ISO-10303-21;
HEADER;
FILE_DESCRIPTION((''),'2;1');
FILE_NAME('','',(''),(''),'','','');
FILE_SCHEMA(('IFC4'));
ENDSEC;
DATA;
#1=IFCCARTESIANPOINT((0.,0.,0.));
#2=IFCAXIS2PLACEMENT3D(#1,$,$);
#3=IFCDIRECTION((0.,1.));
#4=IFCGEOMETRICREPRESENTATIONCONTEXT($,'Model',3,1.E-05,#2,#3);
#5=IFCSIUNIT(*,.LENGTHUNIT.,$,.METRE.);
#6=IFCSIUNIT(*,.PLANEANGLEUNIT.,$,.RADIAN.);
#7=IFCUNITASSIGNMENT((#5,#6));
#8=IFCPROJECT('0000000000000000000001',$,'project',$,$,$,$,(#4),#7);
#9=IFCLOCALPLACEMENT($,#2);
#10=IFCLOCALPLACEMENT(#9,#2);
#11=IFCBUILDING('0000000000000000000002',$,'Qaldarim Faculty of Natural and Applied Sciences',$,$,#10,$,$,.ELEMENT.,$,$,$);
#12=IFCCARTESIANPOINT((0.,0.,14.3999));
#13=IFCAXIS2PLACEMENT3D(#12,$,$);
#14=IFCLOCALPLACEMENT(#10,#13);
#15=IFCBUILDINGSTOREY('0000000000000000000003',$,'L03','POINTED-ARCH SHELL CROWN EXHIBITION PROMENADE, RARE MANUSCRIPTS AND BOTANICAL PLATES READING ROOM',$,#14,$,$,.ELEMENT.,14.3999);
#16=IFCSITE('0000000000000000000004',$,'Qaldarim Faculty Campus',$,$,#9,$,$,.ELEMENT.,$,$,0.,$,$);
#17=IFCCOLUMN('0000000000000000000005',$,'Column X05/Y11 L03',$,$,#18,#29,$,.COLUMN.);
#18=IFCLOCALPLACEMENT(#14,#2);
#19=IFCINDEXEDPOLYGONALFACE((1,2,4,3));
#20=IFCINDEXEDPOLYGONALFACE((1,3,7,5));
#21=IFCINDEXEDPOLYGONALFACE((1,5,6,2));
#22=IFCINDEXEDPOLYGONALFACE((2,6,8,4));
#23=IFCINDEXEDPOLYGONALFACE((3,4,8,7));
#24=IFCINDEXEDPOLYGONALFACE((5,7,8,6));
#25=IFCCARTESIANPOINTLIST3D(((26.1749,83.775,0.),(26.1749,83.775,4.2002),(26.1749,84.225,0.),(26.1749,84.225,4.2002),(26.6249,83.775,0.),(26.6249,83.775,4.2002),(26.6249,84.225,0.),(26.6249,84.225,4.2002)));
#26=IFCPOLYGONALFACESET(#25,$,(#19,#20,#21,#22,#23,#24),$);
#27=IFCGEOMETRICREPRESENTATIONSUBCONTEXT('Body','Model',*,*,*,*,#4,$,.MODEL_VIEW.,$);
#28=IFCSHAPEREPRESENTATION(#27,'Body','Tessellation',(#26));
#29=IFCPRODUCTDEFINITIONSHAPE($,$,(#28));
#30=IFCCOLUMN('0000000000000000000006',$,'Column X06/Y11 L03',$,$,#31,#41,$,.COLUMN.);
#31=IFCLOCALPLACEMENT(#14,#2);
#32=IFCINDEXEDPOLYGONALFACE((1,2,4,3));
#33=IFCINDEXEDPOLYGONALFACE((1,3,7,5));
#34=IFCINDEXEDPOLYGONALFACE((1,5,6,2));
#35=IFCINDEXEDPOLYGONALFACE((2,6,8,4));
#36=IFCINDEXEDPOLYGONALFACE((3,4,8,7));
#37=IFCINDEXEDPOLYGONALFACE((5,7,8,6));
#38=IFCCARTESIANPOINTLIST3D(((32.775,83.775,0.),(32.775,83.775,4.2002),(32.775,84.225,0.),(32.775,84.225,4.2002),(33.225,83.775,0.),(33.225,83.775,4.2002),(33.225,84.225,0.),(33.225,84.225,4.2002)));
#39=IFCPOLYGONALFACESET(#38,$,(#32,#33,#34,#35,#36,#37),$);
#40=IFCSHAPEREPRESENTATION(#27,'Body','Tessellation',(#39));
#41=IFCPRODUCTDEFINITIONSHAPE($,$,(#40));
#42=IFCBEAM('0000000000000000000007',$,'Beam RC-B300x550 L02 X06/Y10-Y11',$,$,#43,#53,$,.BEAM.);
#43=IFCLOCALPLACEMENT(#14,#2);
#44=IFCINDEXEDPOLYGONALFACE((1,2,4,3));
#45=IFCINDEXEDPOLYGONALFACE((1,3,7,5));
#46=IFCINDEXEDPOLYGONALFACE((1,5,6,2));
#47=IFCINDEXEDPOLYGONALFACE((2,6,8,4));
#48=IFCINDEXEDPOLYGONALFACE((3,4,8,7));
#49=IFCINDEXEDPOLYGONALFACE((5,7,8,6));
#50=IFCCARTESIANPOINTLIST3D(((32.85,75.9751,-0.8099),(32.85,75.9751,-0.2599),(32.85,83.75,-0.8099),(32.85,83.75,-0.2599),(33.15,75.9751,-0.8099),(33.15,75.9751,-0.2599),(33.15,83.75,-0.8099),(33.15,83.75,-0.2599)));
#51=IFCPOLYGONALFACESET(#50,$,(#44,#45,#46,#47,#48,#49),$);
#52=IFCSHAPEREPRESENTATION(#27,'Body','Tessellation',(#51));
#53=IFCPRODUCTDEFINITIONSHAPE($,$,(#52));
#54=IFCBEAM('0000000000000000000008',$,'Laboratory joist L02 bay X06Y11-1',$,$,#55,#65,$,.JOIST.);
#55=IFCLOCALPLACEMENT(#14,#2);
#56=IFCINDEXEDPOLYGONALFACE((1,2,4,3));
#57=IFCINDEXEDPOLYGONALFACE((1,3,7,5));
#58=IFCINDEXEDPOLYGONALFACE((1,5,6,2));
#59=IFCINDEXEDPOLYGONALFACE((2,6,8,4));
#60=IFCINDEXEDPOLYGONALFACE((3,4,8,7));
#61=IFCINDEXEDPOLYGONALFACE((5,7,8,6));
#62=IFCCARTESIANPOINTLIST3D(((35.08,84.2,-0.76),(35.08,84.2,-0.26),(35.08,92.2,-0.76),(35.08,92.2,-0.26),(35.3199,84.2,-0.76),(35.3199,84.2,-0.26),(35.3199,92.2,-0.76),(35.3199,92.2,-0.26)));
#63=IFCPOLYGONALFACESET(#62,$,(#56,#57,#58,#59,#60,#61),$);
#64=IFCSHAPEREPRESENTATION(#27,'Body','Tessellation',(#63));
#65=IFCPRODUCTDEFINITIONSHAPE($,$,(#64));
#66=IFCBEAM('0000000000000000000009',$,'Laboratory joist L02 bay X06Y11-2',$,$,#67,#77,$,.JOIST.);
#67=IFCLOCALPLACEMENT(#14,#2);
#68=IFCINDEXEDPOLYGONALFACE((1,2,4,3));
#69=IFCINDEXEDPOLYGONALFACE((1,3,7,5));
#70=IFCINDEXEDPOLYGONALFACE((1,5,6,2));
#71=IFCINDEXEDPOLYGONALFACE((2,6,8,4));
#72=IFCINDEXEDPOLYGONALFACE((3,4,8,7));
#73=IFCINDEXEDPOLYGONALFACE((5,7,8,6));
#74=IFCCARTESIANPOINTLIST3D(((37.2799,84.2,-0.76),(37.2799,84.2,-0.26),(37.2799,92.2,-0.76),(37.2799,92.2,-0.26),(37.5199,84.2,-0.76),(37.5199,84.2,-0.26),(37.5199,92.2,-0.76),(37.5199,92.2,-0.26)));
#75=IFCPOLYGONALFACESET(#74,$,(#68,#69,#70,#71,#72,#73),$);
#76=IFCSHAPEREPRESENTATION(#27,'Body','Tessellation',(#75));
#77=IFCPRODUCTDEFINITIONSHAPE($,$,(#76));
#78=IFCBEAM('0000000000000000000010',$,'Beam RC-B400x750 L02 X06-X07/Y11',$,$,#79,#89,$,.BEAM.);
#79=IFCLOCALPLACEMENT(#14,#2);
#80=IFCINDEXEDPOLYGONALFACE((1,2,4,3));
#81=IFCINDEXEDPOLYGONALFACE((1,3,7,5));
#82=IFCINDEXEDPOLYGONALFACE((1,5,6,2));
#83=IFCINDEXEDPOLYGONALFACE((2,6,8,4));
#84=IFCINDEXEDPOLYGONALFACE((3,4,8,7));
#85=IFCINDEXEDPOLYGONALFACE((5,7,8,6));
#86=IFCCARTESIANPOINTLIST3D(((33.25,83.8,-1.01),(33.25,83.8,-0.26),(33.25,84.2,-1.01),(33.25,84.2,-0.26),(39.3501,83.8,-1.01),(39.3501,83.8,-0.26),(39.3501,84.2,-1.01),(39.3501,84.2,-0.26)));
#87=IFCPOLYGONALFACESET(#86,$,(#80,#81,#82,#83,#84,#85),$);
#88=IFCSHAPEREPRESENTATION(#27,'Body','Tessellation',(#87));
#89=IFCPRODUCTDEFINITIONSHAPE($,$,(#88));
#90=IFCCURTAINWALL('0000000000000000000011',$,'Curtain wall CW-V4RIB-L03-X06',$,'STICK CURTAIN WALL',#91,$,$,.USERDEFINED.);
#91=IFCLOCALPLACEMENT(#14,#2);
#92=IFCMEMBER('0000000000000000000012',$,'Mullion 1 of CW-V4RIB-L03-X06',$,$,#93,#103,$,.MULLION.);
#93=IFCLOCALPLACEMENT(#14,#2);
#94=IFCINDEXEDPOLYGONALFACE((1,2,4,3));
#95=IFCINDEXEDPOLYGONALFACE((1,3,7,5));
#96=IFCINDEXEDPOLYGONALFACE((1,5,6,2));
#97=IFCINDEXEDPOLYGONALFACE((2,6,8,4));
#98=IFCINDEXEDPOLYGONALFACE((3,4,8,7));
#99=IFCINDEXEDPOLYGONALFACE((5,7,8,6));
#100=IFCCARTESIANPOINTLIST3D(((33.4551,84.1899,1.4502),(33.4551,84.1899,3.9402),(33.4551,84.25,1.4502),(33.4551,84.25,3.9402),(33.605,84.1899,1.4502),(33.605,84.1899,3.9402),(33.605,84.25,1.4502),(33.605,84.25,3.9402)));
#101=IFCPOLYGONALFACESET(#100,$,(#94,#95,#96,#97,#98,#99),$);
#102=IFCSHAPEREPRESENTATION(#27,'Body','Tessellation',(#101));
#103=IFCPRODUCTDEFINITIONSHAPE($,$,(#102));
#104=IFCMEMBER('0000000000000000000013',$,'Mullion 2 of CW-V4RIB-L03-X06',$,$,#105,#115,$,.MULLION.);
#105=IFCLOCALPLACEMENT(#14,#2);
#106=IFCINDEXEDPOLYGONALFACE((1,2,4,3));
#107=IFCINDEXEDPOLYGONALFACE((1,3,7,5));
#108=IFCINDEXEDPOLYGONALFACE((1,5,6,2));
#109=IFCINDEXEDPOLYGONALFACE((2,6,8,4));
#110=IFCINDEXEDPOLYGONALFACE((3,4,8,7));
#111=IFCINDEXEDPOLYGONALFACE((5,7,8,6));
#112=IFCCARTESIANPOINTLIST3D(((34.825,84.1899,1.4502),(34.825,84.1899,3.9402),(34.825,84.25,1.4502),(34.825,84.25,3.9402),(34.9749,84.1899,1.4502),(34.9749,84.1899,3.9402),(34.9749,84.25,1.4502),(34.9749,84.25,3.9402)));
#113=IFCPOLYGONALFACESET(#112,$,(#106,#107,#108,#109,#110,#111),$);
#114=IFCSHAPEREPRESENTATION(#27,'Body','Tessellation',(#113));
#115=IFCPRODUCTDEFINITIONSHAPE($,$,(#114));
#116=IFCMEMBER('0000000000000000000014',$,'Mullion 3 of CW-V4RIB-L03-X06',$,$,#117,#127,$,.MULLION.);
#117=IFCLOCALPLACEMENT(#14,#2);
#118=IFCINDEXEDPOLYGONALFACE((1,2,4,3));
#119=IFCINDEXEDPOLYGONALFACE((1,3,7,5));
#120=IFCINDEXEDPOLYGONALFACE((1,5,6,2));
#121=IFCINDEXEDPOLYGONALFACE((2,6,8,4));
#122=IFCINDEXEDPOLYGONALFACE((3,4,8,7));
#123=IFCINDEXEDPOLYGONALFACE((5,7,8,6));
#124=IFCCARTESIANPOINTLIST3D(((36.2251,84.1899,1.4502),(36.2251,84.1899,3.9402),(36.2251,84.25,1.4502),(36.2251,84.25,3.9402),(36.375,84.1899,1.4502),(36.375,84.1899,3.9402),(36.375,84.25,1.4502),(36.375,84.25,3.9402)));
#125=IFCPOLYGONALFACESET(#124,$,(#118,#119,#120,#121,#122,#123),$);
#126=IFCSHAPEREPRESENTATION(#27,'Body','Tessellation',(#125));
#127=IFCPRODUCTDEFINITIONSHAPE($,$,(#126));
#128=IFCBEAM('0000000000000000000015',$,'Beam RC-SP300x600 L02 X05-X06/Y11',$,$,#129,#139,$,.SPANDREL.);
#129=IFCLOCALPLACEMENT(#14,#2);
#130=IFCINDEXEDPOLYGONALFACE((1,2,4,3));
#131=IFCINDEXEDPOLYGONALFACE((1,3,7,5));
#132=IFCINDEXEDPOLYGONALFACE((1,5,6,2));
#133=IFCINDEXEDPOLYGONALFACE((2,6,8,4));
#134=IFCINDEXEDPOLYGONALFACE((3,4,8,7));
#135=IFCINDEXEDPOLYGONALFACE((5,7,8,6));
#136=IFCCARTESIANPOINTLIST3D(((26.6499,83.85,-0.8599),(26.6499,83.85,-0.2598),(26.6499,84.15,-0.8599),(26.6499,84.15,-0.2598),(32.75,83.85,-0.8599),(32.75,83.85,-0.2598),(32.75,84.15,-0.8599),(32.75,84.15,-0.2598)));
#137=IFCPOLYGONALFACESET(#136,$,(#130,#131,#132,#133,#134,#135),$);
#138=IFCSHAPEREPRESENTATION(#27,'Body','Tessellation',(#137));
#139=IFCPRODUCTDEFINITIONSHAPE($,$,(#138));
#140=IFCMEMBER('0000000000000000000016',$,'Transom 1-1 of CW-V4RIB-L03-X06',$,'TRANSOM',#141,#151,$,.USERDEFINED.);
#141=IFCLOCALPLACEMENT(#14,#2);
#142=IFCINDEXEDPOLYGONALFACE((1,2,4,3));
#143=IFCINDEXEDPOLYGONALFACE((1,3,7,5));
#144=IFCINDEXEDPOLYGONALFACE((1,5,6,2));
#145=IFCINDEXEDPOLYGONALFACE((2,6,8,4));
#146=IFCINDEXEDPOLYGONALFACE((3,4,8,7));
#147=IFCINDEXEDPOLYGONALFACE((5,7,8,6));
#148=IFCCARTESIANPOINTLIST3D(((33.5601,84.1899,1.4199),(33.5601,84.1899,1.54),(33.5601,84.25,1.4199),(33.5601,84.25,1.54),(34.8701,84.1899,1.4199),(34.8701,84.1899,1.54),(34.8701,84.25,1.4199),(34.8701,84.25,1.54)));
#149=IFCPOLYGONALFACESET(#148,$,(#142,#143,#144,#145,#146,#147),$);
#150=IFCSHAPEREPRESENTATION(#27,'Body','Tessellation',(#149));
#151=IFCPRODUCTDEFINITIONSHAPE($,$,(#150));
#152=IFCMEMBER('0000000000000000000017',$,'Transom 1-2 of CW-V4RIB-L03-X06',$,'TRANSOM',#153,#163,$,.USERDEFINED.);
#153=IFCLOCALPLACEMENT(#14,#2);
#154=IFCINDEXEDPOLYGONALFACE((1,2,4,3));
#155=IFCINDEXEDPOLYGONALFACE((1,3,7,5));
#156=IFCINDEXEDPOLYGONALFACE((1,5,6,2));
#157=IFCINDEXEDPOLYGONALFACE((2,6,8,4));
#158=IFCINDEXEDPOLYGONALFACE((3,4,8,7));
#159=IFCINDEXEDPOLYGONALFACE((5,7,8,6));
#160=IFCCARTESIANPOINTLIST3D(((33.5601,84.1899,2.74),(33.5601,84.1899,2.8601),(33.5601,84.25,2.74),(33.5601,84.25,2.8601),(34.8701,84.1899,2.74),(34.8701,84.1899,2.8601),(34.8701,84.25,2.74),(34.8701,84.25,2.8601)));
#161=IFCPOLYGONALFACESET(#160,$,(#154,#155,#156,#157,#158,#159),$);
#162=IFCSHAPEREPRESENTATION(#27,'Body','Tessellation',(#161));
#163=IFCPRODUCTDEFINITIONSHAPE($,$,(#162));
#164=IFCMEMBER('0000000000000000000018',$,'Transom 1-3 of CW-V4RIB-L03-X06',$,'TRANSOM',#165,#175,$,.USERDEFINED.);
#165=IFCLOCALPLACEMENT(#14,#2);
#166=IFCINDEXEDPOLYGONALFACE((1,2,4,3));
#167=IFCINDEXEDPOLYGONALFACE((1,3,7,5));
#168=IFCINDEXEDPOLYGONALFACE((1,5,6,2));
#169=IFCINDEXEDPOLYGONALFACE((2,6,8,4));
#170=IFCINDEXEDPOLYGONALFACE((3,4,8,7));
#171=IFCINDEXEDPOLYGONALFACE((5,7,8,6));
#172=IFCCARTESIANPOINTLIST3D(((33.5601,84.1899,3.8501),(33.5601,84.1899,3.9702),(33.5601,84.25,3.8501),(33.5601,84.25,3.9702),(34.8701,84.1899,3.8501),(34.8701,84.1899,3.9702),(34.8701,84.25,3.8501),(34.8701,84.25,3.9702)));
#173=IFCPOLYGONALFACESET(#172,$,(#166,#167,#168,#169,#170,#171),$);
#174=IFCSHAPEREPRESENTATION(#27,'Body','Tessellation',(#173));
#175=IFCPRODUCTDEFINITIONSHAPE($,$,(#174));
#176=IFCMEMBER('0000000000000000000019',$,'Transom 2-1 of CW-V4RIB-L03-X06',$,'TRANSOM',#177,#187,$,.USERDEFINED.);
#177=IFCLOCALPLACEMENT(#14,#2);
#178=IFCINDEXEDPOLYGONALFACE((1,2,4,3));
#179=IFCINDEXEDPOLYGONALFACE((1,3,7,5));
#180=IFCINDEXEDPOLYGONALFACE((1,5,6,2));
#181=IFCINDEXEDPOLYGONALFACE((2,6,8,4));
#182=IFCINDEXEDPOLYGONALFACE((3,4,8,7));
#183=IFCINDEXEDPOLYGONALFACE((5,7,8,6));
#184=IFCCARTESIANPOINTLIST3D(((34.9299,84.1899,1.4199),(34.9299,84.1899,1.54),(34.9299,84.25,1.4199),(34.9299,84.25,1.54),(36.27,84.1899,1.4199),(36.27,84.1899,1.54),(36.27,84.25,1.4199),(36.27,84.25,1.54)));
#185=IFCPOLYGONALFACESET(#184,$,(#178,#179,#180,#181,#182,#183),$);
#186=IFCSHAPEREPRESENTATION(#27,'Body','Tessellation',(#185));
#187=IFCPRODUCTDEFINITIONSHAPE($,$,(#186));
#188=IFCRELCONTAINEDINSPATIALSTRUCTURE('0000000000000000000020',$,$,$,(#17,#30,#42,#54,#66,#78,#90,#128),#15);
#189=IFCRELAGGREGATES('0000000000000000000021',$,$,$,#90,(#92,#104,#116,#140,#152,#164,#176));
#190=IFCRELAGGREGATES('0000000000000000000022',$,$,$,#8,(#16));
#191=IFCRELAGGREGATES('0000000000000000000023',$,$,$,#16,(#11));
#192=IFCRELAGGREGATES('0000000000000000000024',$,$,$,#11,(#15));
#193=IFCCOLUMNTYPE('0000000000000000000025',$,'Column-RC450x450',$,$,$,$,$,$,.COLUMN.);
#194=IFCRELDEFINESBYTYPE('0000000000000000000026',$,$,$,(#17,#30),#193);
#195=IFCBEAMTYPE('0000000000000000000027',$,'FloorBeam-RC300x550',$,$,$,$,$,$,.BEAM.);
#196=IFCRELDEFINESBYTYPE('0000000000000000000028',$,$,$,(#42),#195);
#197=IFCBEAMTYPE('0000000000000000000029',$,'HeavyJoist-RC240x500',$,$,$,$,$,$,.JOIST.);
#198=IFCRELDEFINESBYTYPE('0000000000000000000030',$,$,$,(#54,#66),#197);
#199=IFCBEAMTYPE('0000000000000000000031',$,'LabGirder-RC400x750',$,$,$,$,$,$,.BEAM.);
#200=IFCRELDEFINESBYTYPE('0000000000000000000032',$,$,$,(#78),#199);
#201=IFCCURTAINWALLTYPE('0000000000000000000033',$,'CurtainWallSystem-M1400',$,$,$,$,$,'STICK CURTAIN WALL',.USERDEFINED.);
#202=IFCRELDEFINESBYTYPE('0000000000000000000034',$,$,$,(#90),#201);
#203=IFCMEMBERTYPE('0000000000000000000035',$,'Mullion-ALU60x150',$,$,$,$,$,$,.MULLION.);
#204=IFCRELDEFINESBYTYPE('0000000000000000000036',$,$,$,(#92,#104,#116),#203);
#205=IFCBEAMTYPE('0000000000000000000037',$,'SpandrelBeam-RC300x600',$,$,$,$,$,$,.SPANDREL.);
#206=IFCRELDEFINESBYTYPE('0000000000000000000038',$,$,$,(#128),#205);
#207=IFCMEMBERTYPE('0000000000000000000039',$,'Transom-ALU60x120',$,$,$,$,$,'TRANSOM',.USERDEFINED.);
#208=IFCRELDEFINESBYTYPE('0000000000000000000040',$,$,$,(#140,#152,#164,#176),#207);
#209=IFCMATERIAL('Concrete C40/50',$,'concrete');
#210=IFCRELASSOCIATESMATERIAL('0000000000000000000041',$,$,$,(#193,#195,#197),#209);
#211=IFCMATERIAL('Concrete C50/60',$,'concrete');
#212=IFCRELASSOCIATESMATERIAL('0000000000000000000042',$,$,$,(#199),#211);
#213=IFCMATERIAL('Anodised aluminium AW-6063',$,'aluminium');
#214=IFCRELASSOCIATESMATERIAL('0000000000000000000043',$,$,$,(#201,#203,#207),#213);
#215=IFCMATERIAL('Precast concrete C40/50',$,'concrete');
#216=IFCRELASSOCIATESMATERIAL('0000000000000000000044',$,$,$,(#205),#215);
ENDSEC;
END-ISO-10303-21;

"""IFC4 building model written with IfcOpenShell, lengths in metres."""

from ifc_helpers import new_model, si_unit, direction, frame, origin, origin_2d, place, context, subcontext, project, spatial, rectangle, extrude, material, material_profile, profile_set, type_object, element, aggregate, save


model = new_model("IFC4")

# Units and contexts
model_context = context("Model", 3, precision=1e-05, world=origin(), true_north=direction((0.0, 1.0)))
body_context = subcontext(model_context, "Body", "Model", "MODEL_VIEW")
ifc_project = project(units=[si_unit("LENGTHUNIT", "METRE"), si_unit("PLANEANGLEUNIT", "RADIAN")], contexts=[model_context])

# Site, building, storey
site_placement = place(None, origin())
site = spatial("IfcSite", under=ifc_project, at=site_placement, Name="Qaldarim Faculty Campus", CompositionType="ELEMENT", RefElevation=0.0)
building_placement = place(site_placement, origin())
building = spatial("IfcBuilding", under=site, at=building_placement, Name="Qaldarim Faculty of Natural and Applied Sciences", CompositionType="ELEMENT")
storey_placement = place(building_placement, frame((0.0, 0.0, 14.3999)))
storey = spatial("IfcBuildingStorey", under=building, at=storey_placement, Name="L03", Description="POINTED-ARCH SHELL CROWN EXHIBITION PROMENADE, RARE MANUSCRIPTS AND BOTANICAL PLATES READING ROOM", CompositionType="ELEMENT", Elevation=14.3999)

# Columns
ifc_material_1 = material(Name="Concrete C40/50", Category="concrete")
ifc_material_profile_1 = material_profile(ifc_material_1, rectangle(XDim=0.45, YDim=0.45, at=origin_2d()), Name="RC-C450x450")
ifc_profile_set_1 = profile_set([ifc_material_profile_1], Name="Concrete C40/50")
column_type = type_object("IfcColumnType", Name="Column-RC450x450", PredefinedType="COLUMN", material=ifc_profile_set_1)
for number, where, z_axis, x_axis, name in (
    (1, (26.3999, 84.0, 0.0), (0.0, 0.0, 1.0), (1.0, 0.0, 0.0), "Column X05/Y11 L03"),
    (2, (33.0, 84.0, 0.0), (0.0, 0.0, 1.0), (1.0, 0.0, 0.0), "Column X06/Y11 L03"),
):
    element("IfcColumn", number, at=place(storey_placement, frame(where, z_axis=z_axis, x_axis=x_axis)), inside=storey, type_object=column_type, Name=name, PredefinedType="COLUMN", context=body_context, shape_type="SweptSolid", body=[
        extrude(rectangle(XDim=0.45, YDim=0.45, at=origin_2d()), origin(), (0.0, 0.0, 1.0), 4.2002),
    ])

# Beams
ifc_material_profile_2 = material_profile(ifc_material_1, rectangle(XDim=0.3, YDim=0.55, at=origin_2d()), Name="RC-B300x550")
ifc_profile_set_2 = profile_set([ifc_material_profile_2], Name="Concrete C40/50")
beam_type_1 = type_object("IfcBeamType", Name="FloorBeam-RC300x550", PredefinedType="BEAM", material=ifc_profile_set_2)
beam_1_placement = place(storey_placement, frame((33.0, 75.9751, -0.5349), z_axis=(0.0, 1.0, 0.0), x_axis=(-1.0, 0.0, 0.0)))
element("IfcBeam", 3, at=beam_1_placement, inside=storey, type_object=beam_type_1, Name="Beam RC-B300x550 L02 X06/Y10-Y11", PredefinedType="BEAM", context=body_context, shape_type="SweptSolid", body=[
    extrude(rectangle(XDim=0.3, YDim=0.55, at=origin_2d()), origin(), (0.0, 0.0, 1.0), 7.7749),
])
ifc_material_profile_3 = material_profile(ifc_material_1, rectangle(XDim=0.24, YDim=0.5, at=origin_2d()), Name="RC-J240x500")
ifc_profile_set_3 = profile_set([ifc_material_profile_3], Name="Concrete C40/50")
beam_type_2 = type_object("IfcBeamType", Name="HeavyJoist-RC240x500", PredefinedType="JOIST", material=ifc_profile_set_3)
for number, where, z_axis, x_axis, name in (
    (4, (35.2, 84.2, -0.51), (0.0, 1.0, 0.0), (-1.0, 0.0, 0.0), "Laboratory joist L02 bay X06Y11-1"),
    (5, (37.3999, 84.2, -0.51), (0.0, 1.0, 0.0), (-1.0, 0.0, 0.0), "Laboratory joist L02 bay X06Y11-2"),
):
    element("IfcBeam", number, at=place(storey_placement, frame(where, z_axis=z_axis, x_axis=x_axis)), inside=storey, type_object=beam_type_2, Name=name, PredefinedType="JOIST", context=body_context, shape_type="SweptSolid", body=[
        extrude(rectangle(XDim=0.24, YDim=0.5, at=origin_2d()), origin(), (0.0, 0.0, 1.0), 8.0),
    ])
ifc_material_2 = material(Name="Concrete C50/60", Category="concrete")
ifc_material_profile_4 = material_profile(ifc_material_2, rectangle(XDim=0.3999, YDim=0.75, at=origin_2d()), Name="RC-B400x750")
ifc_profile_set_4 = profile_set([ifc_material_profile_4], Name="Concrete C50/60")
beam_type_3 = type_object("IfcBeamType", Name="LabGirder-RC400x750", PredefinedType="BEAM", material=ifc_profile_set_4)
beam_2_placement = place(storey_placement, frame((33.25, 84.0, -0.635), z_axis=(1.0, 0.0, 0.0), x_axis=(0.0, 1.0, 0.0)))
element("IfcBeam", 6, at=beam_2_placement, inside=storey, type_object=beam_type_3, Name="Beam RC-B400x750 L02 X06-X07/Y11", PredefinedType="BEAM", context=body_context, shape_type="SweptSolid", body=[
    extrude(rectangle(XDim=0.3999, YDim=0.75, at=origin_2d()), origin(), (0.0, 0.0, 1.0), 6.1001),
])

# Curtain wall, members
ifc_material_3 = material(Name="Anodised aluminium AW-6063", Category="aluminium")
curtain_wall_type = type_object("IfcCurtainWallType", Name="CurtainWallSystem-M1400", ElementType="STICK CURTAIN WALL", PredefinedType="USERDEFINED", material=ifc_material_3)
curtain_wall_placement = place(storey_placement, origin())
curtain_wall = element("IfcCurtainWall", 7, at=curtain_wall_placement, inside=storey, type_object=curtain_wall_type, Name="Curtain wall CW-V4RIB-L03-X06", ObjectType="STICK CURTAIN WALL", PredefinedType="USERDEFINED")
ifc_material_profile_5 = material_profile(ifc_material_3, rectangle(XDim=0.0601, YDim=0.1499, at=origin_2d()), Name="ALU-M60x150")
ifc_profile_set_5 = profile_set([ifc_material_profile_5], Name="Anodised aluminium AW-6063")
member_type_1 = type_object("IfcMemberType", Name="Mullion-ALU60x150", PredefinedType="MULLION", material=ifc_profile_set_5)
member_1_placement = place(storey_placement, frame((33.53, 84.22, 1.4502), z_axis=(0.0, 0.0, 1.0), x_axis=(0.0, 1.0, 0.0)))
member_1 = element("IfcMember", 8, at=member_1_placement, type_object=member_type_1, Name="Mullion 1 of CW-V4RIB-L03-X06", PredefinedType="MULLION", context=body_context, shape_type="SweptSolid", body=[
    extrude(rectangle(XDim=0.0601, YDim=0.1499, at=origin_2d()), origin(), (0.0, 0.0, 1.0), 2.49),
])
member_2_placement = place(storey_placement, frame((34.8999, 84.22, 1.4502), z_axis=(0.0, 0.0, 1.0), x_axis=(0.0, 1.0, 0.0)))
member_2 = element("IfcMember", 9, at=member_2_placement, type_object=member_type_1, Name="Mullion 2 of CW-V4RIB-L03-X06", PredefinedType="MULLION", context=body_context, shape_type="SweptSolid", body=[
    extrude(rectangle(XDim=0.0601, YDim=0.1499, at=origin_2d()), origin(), (0.0, 0.0, 1.0), 2.49),
])
member_3_placement = place(storey_placement, frame((36.3, 84.22, 1.4502), z_axis=(0.0, 0.0, 1.0), x_axis=(0.0, 1.0, 0.0)))
member_3 = element("IfcMember", 10, at=member_3_placement, type_object=member_type_1, Name="Mullion 3 of CW-V4RIB-L03-X06", PredefinedType="MULLION", context=body_context, shape_type="SweptSolid", body=[
    extrude(rectangle(XDim=0.0601, YDim=0.1499, at=origin_2d()), origin(), (0.0, 0.0, 1.0), 2.49),
])

# Beam
ifc_material_4 = material(Name="Precast concrete C40/50", Category="concrete")
ifc_material_profile_6 = material_profile(ifc_material_4, rectangle(XDim=0.3, YDim=0.6001, at=origin_2d()), Name="RC-SP300x600")
ifc_profile_set_6 = profile_set([ifc_material_profile_6], Name="Precast concrete C40/50")
beam_type_4 = type_object("IfcBeamType", Name="SpandrelBeam-RC300x600", PredefinedType="SPANDREL", material=ifc_profile_set_6)
beam_3_placement = place(storey_placement, frame((26.6499, 84.0, -0.5598), z_axis=(1.0, 0.0, 0.0), x_axis=(0.0, 1.0, 0.0)))
element("IfcBeam", 11, at=beam_3_placement, inside=storey, type_object=beam_type_4, Name="Beam RC-SP300x600 L02 X05-X06/Y11", PredefinedType="SPANDREL", context=body_context, shape_type="SweptSolid", body=[
    extrude(rectangle(XDim=0.3, YDim=0.6001, at=origin_2d()), origin(), (0.0, 0.0, 1.0), 6.1001),
])

# Members
ifc_material_profile_7 = material_profile(ifc_material_3, rectangle(XDim=0.0601, YDim=0.1201, at=origin_2d()), Name="ALU-T60x120")
ifc_profile_set_7 = profile_set([ifc_material_profile_7], Name="Anodised aluminium AW-6063")
member_type_2 = type_object("IfcMemberType", Name="Transom-ALU60x120", ElementType="TRANSOM", PredefinedType="USERDEFINED", material=ifc_profile_set_7)
member_4_placement = place(storey_placement, frame((33.5601, 84.22, 1.48), z_axis=(1.0, 0.0, 0.0), x_axis=(0.0, 1.0, 0.0)))
member_4 = element("IfcMember", 12, at=member_4_placement, type_object=member_type_2, Name="Transom 1-1 of CW-V4RIB-L03-X06", ObjectType="TRANSOM", PredefinedType="USERDEFINED", context=body_context, shape_type="SweptSolid", body=[
    extrude(rectangle(XDim=0.0601, YDim=0.1201, at=origin_2d()), origin(), (0.0, 0.0, 1.0), 1.3101),
])
member_5_placement = place(storey_placement, frame((33.5601, 84.22, 2.8), z_axis=(1.0, 0.0, 0.0), x_axis=(0.0, 1.0, 0.0)))
member_5 = element("IfcMember", 13, at=member_5_placement, type_object=member_type_2, Name="Transom 1-2 of CW-V4RIB-L03-X06", ObjectType="TRANSOM", PredefinedType="USERDEFINED", context=body_context, shape_type="SweptSolid", body=[
    extrude(rectangle(XDim=0.0601, YDim=0.1201, at=origin_2d()), origin(), (0.0, 0.0, 1.0), 1.3101),
])
member_6_placement = place(storey_placement, frame((33.5601, 84.22, 3.9102), z_axis=(1.0, 0.0, 0.0), x_axis=(0.0, 1.0, 0.0)))
member_6 = element("IfcMember", 14, at=member_6_placement, type_object=member_type_2, Name="Transom 1-3 of CW-V4RIB-L03-X06", ObjectType="TRANSOM", PredefinedType="USERDEFINED", context=body_context, shape_type="SweptSolid", body=[
    extrude(rectangle(XDim=0.0601, YDim=0.1201, at=origin_2d()), origin(), (0.0, 0.0, 1.0), 1.3101),
])
member_7_placement = place(storey_placement, frame((34.9299, 84.22, 1.48), z_axis=(1.0, 0.0, 0.0), x_axis=(0.0, 1.0, 0.0)))
member_7 = element("IfcMember", 15, at=member_7_placement, type_object=member_type_2, Name="Transom 2-1 of CW-V4RIB-L03-X06", ObjectType="TRANSOM", PredefinedType="USERDEFINED", context=body_context, shape_type="SweptSolid", body=[
    extrude(rectangle(XDim=0.0601, YDim=0.1201, at=origin_2d()), origin(), (0.0, 0.0, 1.0), 1.3401),
])

aggregate(curtain_wall, [member_1, member_2, member_3, member_4, member_5, member_6, member_7])

save(model, "model.ifc")
